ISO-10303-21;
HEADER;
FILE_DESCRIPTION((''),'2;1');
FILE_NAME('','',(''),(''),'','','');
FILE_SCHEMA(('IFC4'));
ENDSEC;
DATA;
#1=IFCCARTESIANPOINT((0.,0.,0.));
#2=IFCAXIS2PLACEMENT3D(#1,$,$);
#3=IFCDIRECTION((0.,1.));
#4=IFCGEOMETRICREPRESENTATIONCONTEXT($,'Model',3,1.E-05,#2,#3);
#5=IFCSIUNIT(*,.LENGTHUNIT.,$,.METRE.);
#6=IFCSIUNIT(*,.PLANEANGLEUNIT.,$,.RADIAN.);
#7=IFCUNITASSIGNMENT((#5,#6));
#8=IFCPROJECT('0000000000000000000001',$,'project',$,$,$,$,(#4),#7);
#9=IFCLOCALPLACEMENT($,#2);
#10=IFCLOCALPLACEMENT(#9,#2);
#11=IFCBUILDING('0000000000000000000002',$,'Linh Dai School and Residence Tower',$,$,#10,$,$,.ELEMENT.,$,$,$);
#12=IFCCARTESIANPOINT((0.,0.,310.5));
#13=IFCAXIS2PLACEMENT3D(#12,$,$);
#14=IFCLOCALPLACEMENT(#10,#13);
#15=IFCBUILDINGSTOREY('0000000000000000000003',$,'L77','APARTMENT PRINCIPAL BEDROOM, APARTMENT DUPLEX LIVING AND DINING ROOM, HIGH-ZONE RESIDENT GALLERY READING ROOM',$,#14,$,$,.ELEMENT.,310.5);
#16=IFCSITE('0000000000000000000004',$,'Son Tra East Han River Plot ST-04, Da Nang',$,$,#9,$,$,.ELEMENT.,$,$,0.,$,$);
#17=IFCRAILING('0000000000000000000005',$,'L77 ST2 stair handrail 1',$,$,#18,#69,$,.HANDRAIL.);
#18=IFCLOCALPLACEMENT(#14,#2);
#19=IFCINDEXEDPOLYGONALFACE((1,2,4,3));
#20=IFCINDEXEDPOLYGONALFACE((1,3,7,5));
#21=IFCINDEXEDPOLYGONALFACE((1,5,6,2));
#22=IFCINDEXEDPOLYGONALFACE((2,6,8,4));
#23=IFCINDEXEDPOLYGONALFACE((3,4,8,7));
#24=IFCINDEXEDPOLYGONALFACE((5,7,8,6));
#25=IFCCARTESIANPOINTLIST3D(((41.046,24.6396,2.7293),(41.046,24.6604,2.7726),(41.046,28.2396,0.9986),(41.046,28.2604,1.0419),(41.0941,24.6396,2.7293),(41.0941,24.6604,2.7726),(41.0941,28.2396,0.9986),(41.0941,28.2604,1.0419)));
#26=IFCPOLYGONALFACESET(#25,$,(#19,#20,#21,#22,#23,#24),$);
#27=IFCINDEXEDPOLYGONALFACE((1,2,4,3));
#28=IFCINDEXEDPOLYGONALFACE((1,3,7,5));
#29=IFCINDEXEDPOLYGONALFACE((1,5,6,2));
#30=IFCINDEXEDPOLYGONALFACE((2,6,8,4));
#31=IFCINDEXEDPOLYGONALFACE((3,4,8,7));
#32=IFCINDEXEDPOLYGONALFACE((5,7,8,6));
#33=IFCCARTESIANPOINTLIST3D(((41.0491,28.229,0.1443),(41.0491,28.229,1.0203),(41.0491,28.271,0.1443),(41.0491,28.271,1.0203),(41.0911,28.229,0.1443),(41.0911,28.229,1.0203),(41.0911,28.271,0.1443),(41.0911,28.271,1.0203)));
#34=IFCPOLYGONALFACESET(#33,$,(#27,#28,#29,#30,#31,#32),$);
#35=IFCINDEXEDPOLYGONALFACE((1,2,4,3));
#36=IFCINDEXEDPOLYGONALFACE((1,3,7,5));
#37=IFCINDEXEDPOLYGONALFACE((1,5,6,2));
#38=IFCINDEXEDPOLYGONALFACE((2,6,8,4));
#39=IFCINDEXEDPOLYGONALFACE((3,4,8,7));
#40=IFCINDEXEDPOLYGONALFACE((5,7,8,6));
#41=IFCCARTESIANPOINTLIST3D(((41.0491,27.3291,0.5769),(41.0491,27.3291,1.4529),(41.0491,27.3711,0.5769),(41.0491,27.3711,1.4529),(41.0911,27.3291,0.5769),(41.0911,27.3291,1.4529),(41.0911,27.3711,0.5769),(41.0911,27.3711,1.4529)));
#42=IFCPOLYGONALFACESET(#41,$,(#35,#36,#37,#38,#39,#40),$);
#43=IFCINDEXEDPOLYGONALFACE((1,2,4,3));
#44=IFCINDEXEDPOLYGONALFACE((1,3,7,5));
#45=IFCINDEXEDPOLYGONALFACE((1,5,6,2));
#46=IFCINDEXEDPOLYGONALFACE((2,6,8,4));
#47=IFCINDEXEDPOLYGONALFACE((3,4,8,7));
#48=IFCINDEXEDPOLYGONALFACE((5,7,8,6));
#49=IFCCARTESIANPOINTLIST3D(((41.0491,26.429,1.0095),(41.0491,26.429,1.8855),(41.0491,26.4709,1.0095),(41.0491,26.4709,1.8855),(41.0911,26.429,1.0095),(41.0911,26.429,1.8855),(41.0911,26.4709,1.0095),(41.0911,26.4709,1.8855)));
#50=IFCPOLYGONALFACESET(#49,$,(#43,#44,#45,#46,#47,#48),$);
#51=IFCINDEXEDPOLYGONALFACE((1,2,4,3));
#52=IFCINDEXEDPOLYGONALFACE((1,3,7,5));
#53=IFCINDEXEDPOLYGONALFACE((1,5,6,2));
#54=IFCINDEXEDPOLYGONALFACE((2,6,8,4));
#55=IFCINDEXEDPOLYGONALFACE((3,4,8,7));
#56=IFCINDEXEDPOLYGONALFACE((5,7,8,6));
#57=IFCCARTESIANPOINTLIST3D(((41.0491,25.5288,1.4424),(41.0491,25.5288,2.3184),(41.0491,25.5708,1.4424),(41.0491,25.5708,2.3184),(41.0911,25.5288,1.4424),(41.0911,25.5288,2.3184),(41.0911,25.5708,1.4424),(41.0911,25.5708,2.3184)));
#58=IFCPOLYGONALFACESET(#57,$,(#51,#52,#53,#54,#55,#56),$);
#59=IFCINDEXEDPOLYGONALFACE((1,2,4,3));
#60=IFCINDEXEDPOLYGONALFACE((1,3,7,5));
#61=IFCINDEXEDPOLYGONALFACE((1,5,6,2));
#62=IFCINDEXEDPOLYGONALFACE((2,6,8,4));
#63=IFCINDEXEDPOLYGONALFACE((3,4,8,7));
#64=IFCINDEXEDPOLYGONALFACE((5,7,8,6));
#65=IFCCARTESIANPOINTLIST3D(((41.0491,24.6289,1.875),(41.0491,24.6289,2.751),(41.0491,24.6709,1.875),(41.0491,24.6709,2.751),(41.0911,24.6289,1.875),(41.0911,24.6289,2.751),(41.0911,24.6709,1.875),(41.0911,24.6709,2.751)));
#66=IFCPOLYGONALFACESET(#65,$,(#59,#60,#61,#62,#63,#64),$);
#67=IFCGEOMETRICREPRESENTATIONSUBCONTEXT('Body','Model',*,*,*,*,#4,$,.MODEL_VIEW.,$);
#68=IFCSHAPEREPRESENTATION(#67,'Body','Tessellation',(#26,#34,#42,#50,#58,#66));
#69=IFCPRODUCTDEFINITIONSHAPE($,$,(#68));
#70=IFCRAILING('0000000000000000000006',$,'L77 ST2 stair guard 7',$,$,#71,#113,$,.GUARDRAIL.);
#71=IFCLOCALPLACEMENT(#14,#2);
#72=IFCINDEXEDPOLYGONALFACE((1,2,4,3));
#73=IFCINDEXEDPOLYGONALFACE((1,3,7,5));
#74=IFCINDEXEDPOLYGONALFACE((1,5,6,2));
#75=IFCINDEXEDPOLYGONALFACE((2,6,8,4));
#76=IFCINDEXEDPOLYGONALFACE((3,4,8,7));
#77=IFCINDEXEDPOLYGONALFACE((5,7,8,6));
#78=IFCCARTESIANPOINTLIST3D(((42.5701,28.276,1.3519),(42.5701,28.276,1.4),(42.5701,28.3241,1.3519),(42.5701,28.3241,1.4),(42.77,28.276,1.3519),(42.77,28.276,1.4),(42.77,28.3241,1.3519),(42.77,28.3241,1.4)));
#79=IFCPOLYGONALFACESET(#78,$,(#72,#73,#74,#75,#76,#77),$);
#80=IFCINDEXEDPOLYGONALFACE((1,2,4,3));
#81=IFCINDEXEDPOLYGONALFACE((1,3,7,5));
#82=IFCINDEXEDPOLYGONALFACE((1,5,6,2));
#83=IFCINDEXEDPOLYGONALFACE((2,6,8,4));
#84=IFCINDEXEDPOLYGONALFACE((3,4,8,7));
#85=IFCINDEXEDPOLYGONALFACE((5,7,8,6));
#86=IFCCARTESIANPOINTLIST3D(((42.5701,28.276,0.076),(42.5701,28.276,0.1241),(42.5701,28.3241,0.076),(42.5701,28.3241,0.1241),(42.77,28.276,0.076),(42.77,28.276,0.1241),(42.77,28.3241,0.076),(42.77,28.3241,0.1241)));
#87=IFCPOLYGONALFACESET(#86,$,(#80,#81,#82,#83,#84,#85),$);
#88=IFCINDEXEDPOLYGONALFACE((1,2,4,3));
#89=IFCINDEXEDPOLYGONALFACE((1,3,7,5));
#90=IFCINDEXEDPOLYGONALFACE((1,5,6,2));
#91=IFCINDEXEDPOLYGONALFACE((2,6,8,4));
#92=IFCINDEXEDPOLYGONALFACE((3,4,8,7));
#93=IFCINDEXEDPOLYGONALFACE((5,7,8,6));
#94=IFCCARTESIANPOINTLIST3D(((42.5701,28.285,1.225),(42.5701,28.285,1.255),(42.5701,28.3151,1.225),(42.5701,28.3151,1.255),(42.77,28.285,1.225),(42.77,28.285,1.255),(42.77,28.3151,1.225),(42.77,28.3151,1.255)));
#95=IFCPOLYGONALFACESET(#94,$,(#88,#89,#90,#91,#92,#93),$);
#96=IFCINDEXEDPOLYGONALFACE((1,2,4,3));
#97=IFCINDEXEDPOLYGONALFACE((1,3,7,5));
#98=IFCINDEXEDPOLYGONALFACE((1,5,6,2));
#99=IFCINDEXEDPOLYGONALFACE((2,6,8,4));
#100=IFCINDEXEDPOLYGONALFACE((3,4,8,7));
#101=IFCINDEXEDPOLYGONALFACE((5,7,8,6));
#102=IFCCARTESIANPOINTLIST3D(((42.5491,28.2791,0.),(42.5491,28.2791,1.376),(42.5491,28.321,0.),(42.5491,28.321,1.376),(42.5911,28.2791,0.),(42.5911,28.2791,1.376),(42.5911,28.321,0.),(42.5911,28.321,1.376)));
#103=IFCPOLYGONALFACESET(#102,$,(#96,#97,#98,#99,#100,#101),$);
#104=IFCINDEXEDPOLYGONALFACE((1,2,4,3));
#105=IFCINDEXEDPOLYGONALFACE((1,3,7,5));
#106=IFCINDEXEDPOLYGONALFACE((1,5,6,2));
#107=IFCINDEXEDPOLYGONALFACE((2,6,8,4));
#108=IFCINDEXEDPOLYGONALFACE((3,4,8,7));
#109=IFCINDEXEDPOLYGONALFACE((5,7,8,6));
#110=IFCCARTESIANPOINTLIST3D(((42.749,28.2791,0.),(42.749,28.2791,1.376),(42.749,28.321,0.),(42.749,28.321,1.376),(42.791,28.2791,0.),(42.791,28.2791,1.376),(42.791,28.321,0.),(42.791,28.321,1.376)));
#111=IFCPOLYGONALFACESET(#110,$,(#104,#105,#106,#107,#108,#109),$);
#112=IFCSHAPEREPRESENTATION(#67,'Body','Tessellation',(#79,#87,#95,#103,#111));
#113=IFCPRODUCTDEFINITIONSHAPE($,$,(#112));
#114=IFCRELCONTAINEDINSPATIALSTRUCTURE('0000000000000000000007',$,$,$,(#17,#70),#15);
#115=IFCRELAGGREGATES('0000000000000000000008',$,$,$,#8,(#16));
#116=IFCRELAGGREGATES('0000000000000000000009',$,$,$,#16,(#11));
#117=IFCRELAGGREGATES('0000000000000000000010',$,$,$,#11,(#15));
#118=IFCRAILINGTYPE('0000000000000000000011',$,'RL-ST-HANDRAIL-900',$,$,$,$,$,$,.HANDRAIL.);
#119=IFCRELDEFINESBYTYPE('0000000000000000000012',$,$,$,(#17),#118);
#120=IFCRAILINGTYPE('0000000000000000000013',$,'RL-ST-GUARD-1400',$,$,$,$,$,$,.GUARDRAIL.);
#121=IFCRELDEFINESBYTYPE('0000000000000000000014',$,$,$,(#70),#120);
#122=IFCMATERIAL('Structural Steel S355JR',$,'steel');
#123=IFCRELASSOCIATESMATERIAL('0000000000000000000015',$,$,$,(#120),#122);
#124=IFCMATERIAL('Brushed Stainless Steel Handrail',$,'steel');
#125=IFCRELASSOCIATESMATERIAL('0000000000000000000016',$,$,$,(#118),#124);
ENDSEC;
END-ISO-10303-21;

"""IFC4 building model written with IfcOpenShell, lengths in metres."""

from ifc_helpers import new_model, si_unit, direction, frame, origin, origin_2d, place, context, subcontext, project, spatial, rectangle, extrude, source, transform, mapped, material, type_object, element, save


model = new_model("IFC4")

# Units and contexts
model_context = context("Model", 3, precision=1e-05, world=origin(), true_north=direction((0.0, 1.0)))
body_context = subcontext(model_context, "Body", "Model", "MODEL_VIEW")
ifc_project = project(units=[si_unit("LENGTHUNIT", "METRE"), si_unit("PLANEANGLEUNIT", "RADIAN")], contexts=[model_context])

# Site, building, storey
site_placement = place(None, origin())
site = spatial("IfcSite", under=ifc_project, at=site_placement, Name="Son Tra East Han River Plot ST-04, Da Nang", CompositionType="ELEMENT", RefElevation=0.0)
building_placement = place(site_placement, origin())
building = spatial("IfcBuilding", under=site, at=building_placement, Name="Linh Dai School and Residence Tower", CompositionType="ELEMENT")
storey_placement = place(building_placement, frame((0.0, 0.0, 310.5)))
storey = spatial("IfcBuildingStorey", under=building, at=storey_placement, Name="L77", Description="APARTMENT PRINCIPAL BEDROOM, APARTMENT DUPLEX LIVING AND DINING ROOM, HIGH-ZONE RESIDENT GALLERY READING ROOM", CompositionType="ELEMENT", Elevation=310.5)

# Shared definitions
ifc_material_1 = material(Name="Structural Steel S355JR", Category="steel")

# Railings
railing_type_1 = type_object("IfcRailingType", Name="RL-ST-GUARD-1400", PredefinedType="GUARDRAIL", material=ifc_material_1)
ifc_material_2 = material(Name="Brushed Stainless Steel Handrail", Category="steel")
railing_type_2 = type_object("IfcRailingType", Name="RL-ST-HANDRAIL-900", PredefinedType="HANDRAIL", material=ifc_material_2)
shared_shape_1 = source(origin(), body_context, "Body", "SweptSolid", [
    extrude(rectangle(XDim=0.0481, YDim=0.0481, at=origin_2d()), frame((0.0, 0.0, 0.876), z_axis=(0.0, -0.901263, 0.433273), x_axis=(1.0, 0.0, 0.0)), (0.0, 0.0, 1.0), 3.9944),
    extrude(rectangle(XDim=0.042, YDim=0.042, at=origin_2d()), origin(), (0.0, 0.0, 1.0), 0.876),
    extrude(rectangle(XDim=0.042, YDim=0.042, at=origin_2d()), frame((0.0, -0.8999, 0.4326)), (0.0, 0.0, 1.0), 0.876),
    extrude(rectangle(XDim=0.042, YDim=0.042, at=origin_2d()), frame((0.0, -1.8, 0.8652)), (0.0, 0.0, 1.0), 0.876),
    extrude(rectangle(XDim=0.042, YDim=0.042, at=origin_2d()), frame((0.0, -2.7002, 1.2981)), (0.0, 0.0, 1.0), 0.876),
    extrude(rectangle(XDim=0.042, YDim=0.042, at=origin_2d()), frame((0.0, -3.6001, 1.7307)), (0.0, 0.0, 1.0), 0.876),
])
railing_1_placement = place(storey_placement, frame((41.0701, 28.25, 0.1443)))
element("IfcRailing", 1, at=railing_1_placement, inside=storey, type_object=railing_type_2, Name="L77 ST2 stair handrail 1", PredefinedType="HANDRAIL", context=body_context, shape_type="MappedRepresentation", body=[
    mapped(shared_shape_1, transform((0.0, 0.0, 0.0), x_axis=(1.0, 0.0, 0.0), y_axis=(0.0, 1.0, 0.0), z_axis=(0.0, 0.0, 1.0), scale=1.0)),
])
shared_shape_2 = source(origin(), body_context, "Body", "SweptSolid", [
    extrude(rectangle(XDim=0.0481, YDim=0.0481, at=origin_2d()), frame((0.0, 0.0, 1.376), z_axis=(1.0, 0.0, 0.0), x_axis=(0.0, 1.0, 0.0)), (0.0, 0.0, 1.0), 0.2),
    extrude(rectangle(XDim=0.0481, YDim=0.0481, at=origin_2d()), frame((0.0, 0.0, 0.1001), z_axis=(1.0, 0.0, 0.0), x_axis=(0.0, 1.0, 0.0)), (0.0, 0.0, 1.0), 0.2),
    extrude(rectangle(XDim=0.03, YDim=0.03, at=origin_2d()), frame((0.0, 0.0, 1.24), z_axis=(1.0, 0.0, 0.0), x_axis=(0.0, 1.0, 0.0)), (0.0, 0.0, 1.0), 0.2),
    extrude(rectangle(XDim=0.042, YDim=0.042, at=origin_2d()), origin(), (0.0, 0.0, 1.0), 1.376),
    extrude(rectangle(XDim=0.042, YDim=0.042, at=origin_2d()), frame((0.2, 0.0, 0.0)), (0.0, 0.0, 1.0), 1.376),
])
railing_2_placement = place(storey_placement, frame((42.5701, 28.3, 0.0)))
element("IfcRailing", 2, at=railing_2_placement, inside=storey, type_object=railing_type_1, Name="L77 ST2 stair guard 7", PredefinedType="GUARDRAIL", context=body_context, shape_type="MappedRepresentation", body=[
    mapped(shared_shape_2, transform((0.0, 0.0, 0.0), x_axis=(1.0, 0.0, 0.0), y_axis=(0.0, 1.0, 0.0), z_axis=(0.0, 0.0, 1.0), scale=1.0)),
])

save(model, "model.ifc")
